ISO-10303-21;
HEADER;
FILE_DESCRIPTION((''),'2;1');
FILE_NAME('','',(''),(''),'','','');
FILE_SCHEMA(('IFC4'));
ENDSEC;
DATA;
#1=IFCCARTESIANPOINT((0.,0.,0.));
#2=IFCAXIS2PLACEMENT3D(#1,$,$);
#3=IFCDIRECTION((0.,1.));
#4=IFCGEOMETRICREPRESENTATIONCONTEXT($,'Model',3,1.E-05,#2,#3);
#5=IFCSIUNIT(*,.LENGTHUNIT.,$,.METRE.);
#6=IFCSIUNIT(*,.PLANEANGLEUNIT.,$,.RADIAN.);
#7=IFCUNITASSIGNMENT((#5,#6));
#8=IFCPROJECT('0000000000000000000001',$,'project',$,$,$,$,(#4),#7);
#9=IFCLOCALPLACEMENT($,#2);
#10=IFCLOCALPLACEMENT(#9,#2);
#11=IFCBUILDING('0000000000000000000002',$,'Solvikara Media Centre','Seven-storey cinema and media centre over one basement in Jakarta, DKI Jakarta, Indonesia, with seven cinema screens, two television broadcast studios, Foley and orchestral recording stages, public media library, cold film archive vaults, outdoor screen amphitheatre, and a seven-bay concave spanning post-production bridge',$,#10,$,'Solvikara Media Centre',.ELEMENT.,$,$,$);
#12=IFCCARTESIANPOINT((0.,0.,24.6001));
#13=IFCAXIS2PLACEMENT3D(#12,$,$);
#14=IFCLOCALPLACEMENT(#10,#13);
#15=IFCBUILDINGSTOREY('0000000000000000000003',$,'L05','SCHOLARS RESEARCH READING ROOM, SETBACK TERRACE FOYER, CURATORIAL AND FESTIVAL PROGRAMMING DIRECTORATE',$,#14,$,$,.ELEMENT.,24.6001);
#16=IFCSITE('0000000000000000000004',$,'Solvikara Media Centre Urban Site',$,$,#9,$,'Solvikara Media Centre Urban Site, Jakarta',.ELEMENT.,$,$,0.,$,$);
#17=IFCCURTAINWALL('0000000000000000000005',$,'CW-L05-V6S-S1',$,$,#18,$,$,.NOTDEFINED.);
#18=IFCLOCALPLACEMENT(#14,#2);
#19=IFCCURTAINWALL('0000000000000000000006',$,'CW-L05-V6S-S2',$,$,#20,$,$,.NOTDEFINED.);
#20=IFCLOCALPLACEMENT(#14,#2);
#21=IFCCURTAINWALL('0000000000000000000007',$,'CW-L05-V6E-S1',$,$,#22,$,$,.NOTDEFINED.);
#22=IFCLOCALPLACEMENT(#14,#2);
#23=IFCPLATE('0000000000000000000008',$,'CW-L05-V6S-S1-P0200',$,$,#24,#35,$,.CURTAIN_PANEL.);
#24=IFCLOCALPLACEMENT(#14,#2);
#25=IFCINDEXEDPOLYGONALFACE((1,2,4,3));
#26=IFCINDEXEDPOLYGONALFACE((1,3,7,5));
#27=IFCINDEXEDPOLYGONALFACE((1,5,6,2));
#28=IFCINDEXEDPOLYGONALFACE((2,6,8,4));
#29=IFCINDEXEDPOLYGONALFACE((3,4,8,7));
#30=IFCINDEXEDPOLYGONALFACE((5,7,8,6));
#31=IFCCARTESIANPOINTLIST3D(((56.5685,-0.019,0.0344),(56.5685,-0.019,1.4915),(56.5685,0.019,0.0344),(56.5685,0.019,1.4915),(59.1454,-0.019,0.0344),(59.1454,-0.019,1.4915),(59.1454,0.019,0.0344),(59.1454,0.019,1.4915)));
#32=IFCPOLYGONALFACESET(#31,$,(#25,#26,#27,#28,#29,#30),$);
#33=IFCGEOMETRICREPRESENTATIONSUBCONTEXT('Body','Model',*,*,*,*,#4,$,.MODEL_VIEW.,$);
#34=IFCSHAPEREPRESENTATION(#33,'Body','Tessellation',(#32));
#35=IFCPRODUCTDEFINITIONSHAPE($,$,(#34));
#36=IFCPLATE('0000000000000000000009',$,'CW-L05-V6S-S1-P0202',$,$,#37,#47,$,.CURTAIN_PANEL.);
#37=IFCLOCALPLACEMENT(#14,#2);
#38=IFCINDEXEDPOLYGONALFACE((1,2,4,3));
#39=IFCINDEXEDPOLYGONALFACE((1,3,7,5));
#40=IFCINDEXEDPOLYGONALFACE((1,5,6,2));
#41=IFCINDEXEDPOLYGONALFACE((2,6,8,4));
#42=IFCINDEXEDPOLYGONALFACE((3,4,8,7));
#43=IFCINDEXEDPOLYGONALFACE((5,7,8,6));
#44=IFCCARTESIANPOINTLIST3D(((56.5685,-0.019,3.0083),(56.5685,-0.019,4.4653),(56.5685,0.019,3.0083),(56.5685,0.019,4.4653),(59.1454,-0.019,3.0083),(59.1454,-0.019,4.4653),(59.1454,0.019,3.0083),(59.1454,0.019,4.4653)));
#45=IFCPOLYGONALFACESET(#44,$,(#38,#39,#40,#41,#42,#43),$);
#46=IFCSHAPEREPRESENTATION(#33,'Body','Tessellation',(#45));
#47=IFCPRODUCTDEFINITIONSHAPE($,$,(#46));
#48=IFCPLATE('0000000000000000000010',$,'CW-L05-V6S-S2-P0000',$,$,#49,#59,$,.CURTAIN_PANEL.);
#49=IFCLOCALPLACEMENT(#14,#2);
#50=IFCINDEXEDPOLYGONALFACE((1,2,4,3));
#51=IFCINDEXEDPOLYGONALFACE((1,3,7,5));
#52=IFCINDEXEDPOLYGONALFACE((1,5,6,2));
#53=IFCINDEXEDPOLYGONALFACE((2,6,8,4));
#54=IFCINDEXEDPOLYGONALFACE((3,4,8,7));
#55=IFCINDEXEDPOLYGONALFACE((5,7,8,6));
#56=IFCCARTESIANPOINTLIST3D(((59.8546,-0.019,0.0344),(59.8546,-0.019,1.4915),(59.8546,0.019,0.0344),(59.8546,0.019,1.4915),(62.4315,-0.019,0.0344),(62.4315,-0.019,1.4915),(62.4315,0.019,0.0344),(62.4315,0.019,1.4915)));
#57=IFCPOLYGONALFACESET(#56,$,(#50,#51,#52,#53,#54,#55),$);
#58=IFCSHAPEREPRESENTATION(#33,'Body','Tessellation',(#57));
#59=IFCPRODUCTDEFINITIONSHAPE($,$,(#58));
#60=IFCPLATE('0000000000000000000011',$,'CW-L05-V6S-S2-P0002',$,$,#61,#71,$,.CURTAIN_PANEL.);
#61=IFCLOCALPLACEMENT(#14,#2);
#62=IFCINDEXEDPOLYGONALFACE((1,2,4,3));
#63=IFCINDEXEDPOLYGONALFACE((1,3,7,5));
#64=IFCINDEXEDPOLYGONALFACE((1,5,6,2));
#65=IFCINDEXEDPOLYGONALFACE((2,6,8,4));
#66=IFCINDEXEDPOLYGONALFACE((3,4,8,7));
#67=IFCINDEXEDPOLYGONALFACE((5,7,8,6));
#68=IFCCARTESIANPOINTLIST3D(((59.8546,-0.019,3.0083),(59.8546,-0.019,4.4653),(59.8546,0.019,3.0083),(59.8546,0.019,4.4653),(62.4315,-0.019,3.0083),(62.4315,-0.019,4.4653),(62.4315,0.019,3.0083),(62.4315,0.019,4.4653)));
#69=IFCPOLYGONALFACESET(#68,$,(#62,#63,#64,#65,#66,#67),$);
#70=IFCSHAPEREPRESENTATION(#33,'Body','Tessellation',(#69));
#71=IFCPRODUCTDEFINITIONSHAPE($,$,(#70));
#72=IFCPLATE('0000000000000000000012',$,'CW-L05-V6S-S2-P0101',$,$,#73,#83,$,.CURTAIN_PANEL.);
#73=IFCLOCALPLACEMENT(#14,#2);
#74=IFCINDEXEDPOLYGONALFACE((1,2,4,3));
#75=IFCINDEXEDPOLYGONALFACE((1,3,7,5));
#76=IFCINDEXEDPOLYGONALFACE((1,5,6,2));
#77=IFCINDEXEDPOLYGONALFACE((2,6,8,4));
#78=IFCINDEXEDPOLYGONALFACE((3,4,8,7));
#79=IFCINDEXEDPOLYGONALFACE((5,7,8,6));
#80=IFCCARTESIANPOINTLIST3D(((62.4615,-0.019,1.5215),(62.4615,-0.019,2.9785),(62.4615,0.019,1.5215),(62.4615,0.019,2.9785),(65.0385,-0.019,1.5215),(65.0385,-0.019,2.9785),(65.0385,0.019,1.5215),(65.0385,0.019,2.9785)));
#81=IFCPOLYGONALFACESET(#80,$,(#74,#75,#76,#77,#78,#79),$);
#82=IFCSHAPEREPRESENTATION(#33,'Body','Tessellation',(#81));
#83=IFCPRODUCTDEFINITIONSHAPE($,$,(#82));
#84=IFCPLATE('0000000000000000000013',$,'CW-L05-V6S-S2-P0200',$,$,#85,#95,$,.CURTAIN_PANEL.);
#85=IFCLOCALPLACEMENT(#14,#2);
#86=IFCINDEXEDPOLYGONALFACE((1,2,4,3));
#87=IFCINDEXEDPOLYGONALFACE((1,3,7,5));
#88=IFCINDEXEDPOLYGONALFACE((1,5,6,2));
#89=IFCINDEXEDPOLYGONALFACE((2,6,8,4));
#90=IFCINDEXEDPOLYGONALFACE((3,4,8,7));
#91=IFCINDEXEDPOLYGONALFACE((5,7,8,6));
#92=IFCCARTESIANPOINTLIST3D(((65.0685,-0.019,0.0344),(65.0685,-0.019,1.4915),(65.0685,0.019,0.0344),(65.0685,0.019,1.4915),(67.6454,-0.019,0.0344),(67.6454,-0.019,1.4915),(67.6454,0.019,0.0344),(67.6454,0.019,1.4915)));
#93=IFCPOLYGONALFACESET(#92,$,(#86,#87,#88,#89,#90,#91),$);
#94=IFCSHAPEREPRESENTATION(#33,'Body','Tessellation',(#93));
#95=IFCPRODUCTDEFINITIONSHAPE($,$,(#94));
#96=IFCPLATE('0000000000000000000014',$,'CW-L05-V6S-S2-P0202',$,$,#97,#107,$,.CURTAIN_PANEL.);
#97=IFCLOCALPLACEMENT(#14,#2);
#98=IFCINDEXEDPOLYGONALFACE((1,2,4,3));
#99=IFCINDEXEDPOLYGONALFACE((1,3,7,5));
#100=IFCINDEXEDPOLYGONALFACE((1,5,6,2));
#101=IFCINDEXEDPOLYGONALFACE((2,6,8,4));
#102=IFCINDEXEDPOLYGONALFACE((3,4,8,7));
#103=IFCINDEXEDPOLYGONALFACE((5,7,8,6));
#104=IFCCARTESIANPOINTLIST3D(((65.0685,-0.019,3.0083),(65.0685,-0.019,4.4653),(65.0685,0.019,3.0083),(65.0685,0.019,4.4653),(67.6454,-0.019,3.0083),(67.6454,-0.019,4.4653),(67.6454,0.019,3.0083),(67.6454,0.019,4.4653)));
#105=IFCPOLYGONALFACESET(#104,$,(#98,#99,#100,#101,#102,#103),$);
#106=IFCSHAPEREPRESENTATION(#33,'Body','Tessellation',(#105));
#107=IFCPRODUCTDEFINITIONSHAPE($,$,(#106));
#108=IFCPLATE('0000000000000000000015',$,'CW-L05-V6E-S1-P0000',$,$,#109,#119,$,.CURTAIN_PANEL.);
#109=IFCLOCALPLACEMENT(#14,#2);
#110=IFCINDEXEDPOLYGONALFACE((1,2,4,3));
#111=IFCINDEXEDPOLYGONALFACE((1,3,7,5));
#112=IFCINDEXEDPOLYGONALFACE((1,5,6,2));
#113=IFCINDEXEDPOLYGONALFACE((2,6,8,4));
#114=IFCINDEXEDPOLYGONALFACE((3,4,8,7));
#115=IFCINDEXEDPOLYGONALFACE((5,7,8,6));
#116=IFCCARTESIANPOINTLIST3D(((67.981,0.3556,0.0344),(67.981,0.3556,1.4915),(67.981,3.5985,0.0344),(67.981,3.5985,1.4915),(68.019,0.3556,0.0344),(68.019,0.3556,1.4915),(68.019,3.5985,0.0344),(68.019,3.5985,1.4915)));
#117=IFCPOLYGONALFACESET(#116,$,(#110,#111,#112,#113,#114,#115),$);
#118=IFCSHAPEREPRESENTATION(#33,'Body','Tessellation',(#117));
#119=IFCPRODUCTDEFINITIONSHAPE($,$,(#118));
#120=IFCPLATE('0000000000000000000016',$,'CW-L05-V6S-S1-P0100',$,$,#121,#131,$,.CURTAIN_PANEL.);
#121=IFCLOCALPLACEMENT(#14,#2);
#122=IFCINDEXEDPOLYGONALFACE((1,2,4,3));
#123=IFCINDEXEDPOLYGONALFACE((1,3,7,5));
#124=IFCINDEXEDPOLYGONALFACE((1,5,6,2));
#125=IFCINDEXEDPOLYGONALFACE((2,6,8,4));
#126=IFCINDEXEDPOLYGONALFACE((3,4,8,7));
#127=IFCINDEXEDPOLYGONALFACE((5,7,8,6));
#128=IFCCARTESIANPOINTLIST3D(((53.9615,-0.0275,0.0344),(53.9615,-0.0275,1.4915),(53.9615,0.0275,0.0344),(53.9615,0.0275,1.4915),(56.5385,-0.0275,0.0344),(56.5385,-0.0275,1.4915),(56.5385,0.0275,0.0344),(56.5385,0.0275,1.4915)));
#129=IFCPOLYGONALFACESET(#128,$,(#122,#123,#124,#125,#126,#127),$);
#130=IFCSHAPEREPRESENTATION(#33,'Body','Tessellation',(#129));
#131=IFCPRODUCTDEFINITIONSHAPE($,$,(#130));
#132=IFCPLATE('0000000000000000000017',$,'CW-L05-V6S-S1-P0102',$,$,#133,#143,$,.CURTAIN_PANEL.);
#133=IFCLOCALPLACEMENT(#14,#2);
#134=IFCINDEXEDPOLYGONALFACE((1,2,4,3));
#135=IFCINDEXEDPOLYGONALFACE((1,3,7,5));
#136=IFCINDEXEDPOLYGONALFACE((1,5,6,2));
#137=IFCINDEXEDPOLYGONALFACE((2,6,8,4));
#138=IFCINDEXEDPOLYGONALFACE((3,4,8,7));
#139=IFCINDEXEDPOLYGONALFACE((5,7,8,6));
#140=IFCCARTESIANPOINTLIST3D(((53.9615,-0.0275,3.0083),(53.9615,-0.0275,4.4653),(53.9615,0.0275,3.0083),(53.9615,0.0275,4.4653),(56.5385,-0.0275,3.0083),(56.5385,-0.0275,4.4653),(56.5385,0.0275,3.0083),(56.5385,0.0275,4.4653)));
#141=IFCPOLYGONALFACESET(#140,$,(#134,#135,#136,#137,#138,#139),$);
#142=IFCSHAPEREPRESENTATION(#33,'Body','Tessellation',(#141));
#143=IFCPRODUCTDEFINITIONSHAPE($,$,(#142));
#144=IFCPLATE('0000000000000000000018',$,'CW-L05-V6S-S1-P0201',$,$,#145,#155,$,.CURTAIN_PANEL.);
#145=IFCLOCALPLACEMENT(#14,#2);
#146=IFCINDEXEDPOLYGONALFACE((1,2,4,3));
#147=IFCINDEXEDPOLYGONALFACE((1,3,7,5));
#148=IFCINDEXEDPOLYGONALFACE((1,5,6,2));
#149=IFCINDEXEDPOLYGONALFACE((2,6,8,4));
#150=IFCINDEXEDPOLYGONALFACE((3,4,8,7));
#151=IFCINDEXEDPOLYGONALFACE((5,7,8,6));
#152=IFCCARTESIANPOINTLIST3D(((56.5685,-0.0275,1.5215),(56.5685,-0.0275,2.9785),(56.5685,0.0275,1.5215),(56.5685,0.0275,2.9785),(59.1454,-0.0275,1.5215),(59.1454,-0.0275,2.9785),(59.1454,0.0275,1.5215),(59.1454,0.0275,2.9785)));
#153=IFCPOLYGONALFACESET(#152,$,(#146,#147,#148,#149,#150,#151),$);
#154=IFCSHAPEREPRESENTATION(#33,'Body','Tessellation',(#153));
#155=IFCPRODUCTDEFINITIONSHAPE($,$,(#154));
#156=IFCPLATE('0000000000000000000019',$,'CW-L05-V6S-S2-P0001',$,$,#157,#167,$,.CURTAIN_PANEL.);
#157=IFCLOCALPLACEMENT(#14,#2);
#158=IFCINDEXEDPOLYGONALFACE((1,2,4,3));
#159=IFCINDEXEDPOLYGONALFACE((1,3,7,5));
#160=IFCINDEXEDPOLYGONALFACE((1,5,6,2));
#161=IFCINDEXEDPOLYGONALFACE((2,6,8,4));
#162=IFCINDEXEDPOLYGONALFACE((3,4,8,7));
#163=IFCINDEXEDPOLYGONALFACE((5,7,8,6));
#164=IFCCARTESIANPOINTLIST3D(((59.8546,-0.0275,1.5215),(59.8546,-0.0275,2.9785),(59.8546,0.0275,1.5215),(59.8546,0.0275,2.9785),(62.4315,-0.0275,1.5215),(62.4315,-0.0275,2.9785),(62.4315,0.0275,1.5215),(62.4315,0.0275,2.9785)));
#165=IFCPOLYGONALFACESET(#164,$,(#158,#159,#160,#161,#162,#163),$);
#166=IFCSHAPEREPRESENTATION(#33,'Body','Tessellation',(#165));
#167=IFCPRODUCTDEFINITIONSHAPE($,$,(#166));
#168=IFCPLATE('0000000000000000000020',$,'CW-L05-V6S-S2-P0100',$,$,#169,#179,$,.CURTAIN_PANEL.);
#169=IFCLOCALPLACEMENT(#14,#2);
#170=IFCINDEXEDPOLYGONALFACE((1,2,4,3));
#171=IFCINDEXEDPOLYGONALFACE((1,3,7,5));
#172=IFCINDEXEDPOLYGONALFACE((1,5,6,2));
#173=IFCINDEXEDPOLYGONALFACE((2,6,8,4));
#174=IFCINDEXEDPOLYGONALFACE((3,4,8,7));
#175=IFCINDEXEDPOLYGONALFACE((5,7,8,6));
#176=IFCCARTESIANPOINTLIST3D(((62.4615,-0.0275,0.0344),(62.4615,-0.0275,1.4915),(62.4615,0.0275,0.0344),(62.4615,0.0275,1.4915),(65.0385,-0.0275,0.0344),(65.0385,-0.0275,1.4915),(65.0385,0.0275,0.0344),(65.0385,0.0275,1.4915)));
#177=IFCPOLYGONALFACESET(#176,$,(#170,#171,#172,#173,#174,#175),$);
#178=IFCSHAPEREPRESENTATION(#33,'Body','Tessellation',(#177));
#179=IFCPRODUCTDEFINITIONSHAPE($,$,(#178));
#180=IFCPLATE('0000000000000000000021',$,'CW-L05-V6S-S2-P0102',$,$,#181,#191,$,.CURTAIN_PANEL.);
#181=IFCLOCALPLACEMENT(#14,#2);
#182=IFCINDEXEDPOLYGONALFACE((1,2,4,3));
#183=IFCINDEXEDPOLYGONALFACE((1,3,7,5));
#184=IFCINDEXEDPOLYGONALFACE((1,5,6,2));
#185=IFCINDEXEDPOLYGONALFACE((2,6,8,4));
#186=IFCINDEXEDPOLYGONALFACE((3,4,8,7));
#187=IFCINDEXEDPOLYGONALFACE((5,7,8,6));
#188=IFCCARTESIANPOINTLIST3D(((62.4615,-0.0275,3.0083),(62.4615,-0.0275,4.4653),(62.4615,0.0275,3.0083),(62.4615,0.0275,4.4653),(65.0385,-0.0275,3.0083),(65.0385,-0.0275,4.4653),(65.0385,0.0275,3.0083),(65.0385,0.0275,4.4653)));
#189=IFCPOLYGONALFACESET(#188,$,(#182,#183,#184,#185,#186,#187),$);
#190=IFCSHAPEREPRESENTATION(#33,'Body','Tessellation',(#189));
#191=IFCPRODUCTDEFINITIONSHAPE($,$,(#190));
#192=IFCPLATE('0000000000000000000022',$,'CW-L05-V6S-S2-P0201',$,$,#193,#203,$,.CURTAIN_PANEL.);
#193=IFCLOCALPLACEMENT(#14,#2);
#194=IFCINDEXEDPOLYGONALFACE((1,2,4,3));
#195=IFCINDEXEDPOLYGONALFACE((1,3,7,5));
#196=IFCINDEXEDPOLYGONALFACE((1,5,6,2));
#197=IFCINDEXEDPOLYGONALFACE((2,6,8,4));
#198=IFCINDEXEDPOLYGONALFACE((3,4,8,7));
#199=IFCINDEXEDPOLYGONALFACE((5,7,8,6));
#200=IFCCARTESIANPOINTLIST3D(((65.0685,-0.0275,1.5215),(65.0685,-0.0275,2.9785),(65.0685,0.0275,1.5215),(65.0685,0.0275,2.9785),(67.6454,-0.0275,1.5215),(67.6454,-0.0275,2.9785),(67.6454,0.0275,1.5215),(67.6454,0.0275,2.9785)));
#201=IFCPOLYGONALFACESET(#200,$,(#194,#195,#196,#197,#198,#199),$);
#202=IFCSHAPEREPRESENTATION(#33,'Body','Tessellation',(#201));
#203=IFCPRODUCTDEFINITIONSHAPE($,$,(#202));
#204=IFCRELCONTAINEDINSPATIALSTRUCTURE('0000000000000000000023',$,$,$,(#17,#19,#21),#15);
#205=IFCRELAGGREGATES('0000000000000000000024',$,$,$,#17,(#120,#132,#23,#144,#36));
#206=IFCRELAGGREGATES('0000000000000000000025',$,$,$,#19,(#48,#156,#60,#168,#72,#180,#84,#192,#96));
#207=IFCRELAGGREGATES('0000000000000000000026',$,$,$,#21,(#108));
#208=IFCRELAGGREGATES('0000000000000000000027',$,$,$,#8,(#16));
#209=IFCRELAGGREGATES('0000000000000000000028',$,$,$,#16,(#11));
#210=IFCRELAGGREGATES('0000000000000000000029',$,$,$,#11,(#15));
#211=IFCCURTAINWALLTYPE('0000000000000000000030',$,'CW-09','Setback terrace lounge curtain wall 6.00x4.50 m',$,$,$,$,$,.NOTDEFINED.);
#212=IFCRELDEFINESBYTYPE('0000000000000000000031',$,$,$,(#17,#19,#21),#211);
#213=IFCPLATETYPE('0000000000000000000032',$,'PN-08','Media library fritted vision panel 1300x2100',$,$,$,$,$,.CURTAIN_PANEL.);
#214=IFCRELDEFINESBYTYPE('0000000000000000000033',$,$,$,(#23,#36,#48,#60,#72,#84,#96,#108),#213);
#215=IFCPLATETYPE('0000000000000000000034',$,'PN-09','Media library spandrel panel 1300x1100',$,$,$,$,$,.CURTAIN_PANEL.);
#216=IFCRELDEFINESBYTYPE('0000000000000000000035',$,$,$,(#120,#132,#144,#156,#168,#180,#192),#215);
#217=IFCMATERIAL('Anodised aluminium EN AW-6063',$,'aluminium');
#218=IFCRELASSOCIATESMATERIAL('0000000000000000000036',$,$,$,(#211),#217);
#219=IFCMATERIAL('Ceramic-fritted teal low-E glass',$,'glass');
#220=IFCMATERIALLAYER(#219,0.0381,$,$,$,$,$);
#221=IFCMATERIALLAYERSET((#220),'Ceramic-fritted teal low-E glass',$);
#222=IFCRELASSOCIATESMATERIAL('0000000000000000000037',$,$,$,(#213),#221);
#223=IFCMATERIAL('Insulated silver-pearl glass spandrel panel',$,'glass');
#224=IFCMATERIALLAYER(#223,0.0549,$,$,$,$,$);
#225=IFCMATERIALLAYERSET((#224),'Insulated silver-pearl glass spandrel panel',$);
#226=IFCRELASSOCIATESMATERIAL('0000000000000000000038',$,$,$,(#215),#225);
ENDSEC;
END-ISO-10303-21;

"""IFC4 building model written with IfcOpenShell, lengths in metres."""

from ifc_helpers import new_model, si_unit, direction, frame, origin, origin_2d, place, context, subcontext, project, spatial, rectangle, extrude, material, layer, layer_set, type_object, element, aggregate, save


model = new_model("IFC4")

# Units and contexts
model_context = context("Model", 3, precision=1e-05, world=origin(), true_north=direction((0.0, 1.0)))
body_context = subcontext(model_context, "Body", "Model", "MODEL_VIEW")
ifc_project = project(units=[si_unit("LENGTHUNIT", "METRE"), si_unit("PLANEANGLEUNIT", "RADIAN")], contexts=[model_context])

# Site, building, storey
site_placement = place(None, origin())
site = spatial("IfcSite", under=ifc_project, at=site_placement, Name="Solvikara Media Centre Urban Site", LongName="Solvikara Media Centre Urban Site, Jakarta", CompositionType="ELEMENT", RefElevation=0.0)
building_placement = place(site_placement, origin())
building = spatial("IfcBuilding", under=site, at=building_placement, Name="Solvikara Media Centre", Description="Seven-storey cinema and media centre over one basement in Jakarta, DKI Jakarta, Indonesia, with seven cinema screens, two television broadcast studios, Foley and orchestral recording stages, public media library, cold film archive vaults, outdoor screen amphitheatre, and a seven-bay concave spanning post-production bridge", LongName="Solvikara Media Centre", CompositionType="ELEMENT")
storey_placement = place(building_placement, frame((0.0, 0.0, 24.6001)))
storey = spatial("IfcBuildingStorey", under=building, at=storey_placement, Name="L05", Description="SCHOLARS RESEARCH READING ROOM, SETBACK TERRACE FOYER, CURATORIAL AND FESTIVAL PROGRAMMING DIRECTORATE", CompositionType="ELEMENT", Elevation=24.6001)

# Curtain walls
ifc_material_1 = material(Name="Anodised aluminium EN AW-6063", Category="aluminium")
curtain_wall_type = type_object("IfcCurtainWallType", Name="CW-09", Description="Setback terrace lounge curtain wall 6.00x4.50 m", PredefinedType="NOTDEFINED", material=ifc_material_1)
curtain_wall_1_placement = place(storey_placement, origin())
curtain_wall_1 = element("IfcCurtainWall", 1, at=curtain_wall_1_placement, inside=storey, type_object=curtain_wall_type, Name="CW-L05-V6S-S1", PredefinedType="NOTDEFINED")
curtain_wall_2_placement = place(storey_placement, origin())
curtain_wall_2 = element("IfcCurtainWall", 2, at=curtain_wall_2_placement, inside=storey, type_object=curtain_wall_type, Name="CW-L05-V6S-S2", PredefinedType="NOTDEFINED")

# Curtain wall
curtain_wall_3_placement = place(storey_placement, origin())
curtain_wall_3 = element("IfcCurtainWall", 3, at=curtain_wall_3_placement, inside=storey, type_object=curtain_wall_type, Name="CW-L05-V6E-S1", PredefinedType="NOTDEFINED")

# Plates
ifc_material_2 = material(Name="Ceramic-fritted teal low-E glass", Category="glass")
ifc_layer_1 = layer(ifc_material_2, 0.0381)
ifc_layer_set_1 = layer_set([ifc_layer_1], Name="Ceramic-fritted teal low-E glass")
plate_type_1 = type_object("IfcPlateType", Name="PN-08", Description="Media library fritted vision panel 1300x2100", PredefinedType="CURTAIN_PANEL", material=ifc_layer_set_1)
plate_1_placement = place(storey_placement, frame((57.8569, 0.0, 0.0344), z_axis=(0.0, 0.0, 1.0), x_axis=(1.0, 0.0, 0.0)))
plate_1 = element("IfcPlate", 4, at=plate_1_placement, type_object=plate_type_1, Name="CW-L05-V6S-S1-P0200", PredefinedType="CURTAIN_PANEL", context=body_context, shape_type="SweptSolid", body=[
    extrude(rectangle(XDim=2.5769, YDim=0.0381, at=origin_2d()), origin(), (0.0, 0.0, 1.0), 1.457),
])
plate_2_placement = place(storey_placement, frame((57.8569, 0.0, 3.0083), z_axis=(0.0, 0.0, 1.0), x_axis=(1.0, 0.0, 0.0)))
plate_2 = element("IfcPlate", 5, at=plate_2_placement, type_object=plate_type_1, Name="CW-L05-V6S-S1-P0202", PredefinedType="CURTAIN_PANEL", context=body_context, shape_type="SweptSolid", body=[
    extrude(rectangle(XDim=2.5769, YDim=0.0381, at=origin_2d()), origin(), (0.0, 0.0, 1.0), 1.457),
])
plate_3_placement = place(storey_placement, frame((61.1431, 0.0, 0.0344), z_axis=(0.0, 0.0, 1.0), x_axis=(1.0, 0.0, 0.0)))
plate_3 = element("IfcPlate", 6, at=plate_3_placement, type_object=plate_type_1, Name="CW-L05-V6S-S2-P0000", PredefinedType="CURTAIN_PANEL", context=body_context, shape_type="SweptSolid", body=[
    extrude(rectangle(XDim=2.5769, YDim=0.0381, at=origin_2d()), origin(), (0.0, 0.0, 1.0), 1.457),
])
plate_4_placement = place(storey_placement, frame((61.1431, 0.0, 3.0083), z_axis=(0.0, 0.0, 1.0), x_axis=(1.0, 0.0, 0.0)))
plate_4 = element("IfcPlate", 7, at=plate_4_placement, type_object=plate_type_1, Name="CW-L05-V6S-S2-P0002", PredefinedType="CURTAIN_PANEL", context=body_context, shape_type="SweptSolid", body=[
    extrude(rectangle(XDim=2.5769, YDim=0.0381, at=origin_2d()), origin(), (0.0, 0.0, 1.0), 1.457),
])
plate_5_placement = place(storey_placement, frame((63.75, 0.0, 1.5215), z_axis=(0.0, 0.0, 1.0), x_axis=(1.0, 0.0, 0.0)))
plate_5 = element("IfcPlate", 8, at=plate_5_placement, type_object=plate_type_1, Name="CW-L05-V6S-S2-P0101", PredefinedType="CURTAIN_PANEL", context=body_context, shape_type="SweptSolid", body=[
    extrude(rectangle(XDim=2.5769, YDim=0.0381, at=origin_2d()), origin(), (0.0, 0.0, 1.0), 1.457),
])
plate_6_placement = place(storey_placement, frame((66.3569, 0.0, 0.0344), z_axis=(0.0, 0.0, 1.0), x_axis=(1.0, 0.0, 0.0)))
plate_6 = element("IfcPlate", 9, at=plate_6_placement, type_object=plate_type_1, Name="CW-L05-V6S-S2-P0200", PredefinedType="CURTAIN_PANEL", context=body_context, shape_type="SweptSolid", body=[
    extrude(rectangle(XDim=2.5769, YDim=0.0381, at=origin_2d()), origin(), (0.0, 0.0, 1.0), 1.457),
])
plate_7_placement = place(storey_placement, frame((66.3569, 0.0, 3.0083), z_axis=(0.0, 0.0, 1.0), x_axis=(1.0, 0.0, 0.0)))
plate_7 = element("IfcPlate", 10, at=plate_7_placement, type_object=plate_type_1, Name="CW-L05-V6S-S2-P0202", PredefinedType="CURTAIN_PANEL", context=body_context, shape_type="SweptSolid", body=[
    extrude(rectangle(XDim=2.5769, YDim=0.0381, at=origin_2d()), origin(), (0.0, 0.0, 1.0), 1.457),
])
plate_8_placement = place(storey_placement, frame((68.0, 1.9771, 0.0344), z_axis=(0.0, 0.0, 1.0), x_axis=(0.0, 1.0, 0.0)))
plate_8 = element("IfcPlate", 11, at=plate_8_placement, type_object=plate_type_1, Name="CW-L05-V6E-S1-P0000", PredefinedType="CURTAIN_PANEL", context=body_context, shape_type="SweptSolid", body=[
    extrude(rectangle(XDim=3.2429, YDim=0.0381, at=origin_2d()), origin(), (0.0, 0.0, 1.0), 1.457),
])
ifc_material_3 = material(Name="Insulated silver-pearl glass spandrel panel", Category="glass")
ifc_layer_2 = layer(ifc_material_3, 0.0549)
ifc_layer_set_2 = layer_set([ifc_layer_2], Name="Insulated silver-pearl glass spandrel panel")
plate_type_2 = type_object("IfcPlateType", Name="PN-09", Description="Media library spandrel panel 1300x1100", PredefinedType="CURTAIN_PANEL", material=ifc_layer_set_2)
plate_9_placement = place(storey_placement, frame((55.25, 0.0, 0.0344), z_axis=(0.0, 0.0, 1.0), x_axis=(1.0, 0.0, 0.0)))
plate_9 = element("IfcPlate", 12, at=plate_9_placement, type_object=plate_type_2, Name="CW-L05-V6S-S1-P0100", PredefinedType="CURTAIN_PANEL", context=body_context, shape_type="SweptSolid", body=[
    extrude(rectangle(XDim=2.5769, YDim=0.0549, at=origin_2d()), origin(), (0.0, 0.0, 1.0), 1.457),
])
plate_10_placement = place(storey_placement, frame((55.25, 0.0, 3.0083), z_axis=(0.0, 0.0, 1.0), x_axis=(1.0, 0.0, 0.0)))
plate_10 = element("IfcPlate", 13, at=plate_10_placement, type_object=plate_type_2, Name="CW-L05-V6S-S1-P0102", PredefinedType="CURTAIN_PANEL", context=body_context, shape_type="SweptSolid", body=[
    extrude(rectangle(XDim=2.5769, YDim=0.0549, at=origin_2d()), origin(), (0.0, 0.0, 1.0), 1.457),
])
plate_11_placement = place(storey_placement, frame((57.8569, 0.0, 1.5215), z_axis=(0.0, 0.0, 1.0), x_axis=(1.0, 0.0, 0.0)))
plate_11 = element("IfcPlate", 14, at=plate_11_placement, type_object=plate_type_2, Name="CW-L05-V6S-S1-P0201", PredefinedType="CURTAIN_PANEL", context=body_context, shape_type="SweptSolid", body=[
    extrude(rectangle(XDim=2.5769, YDim=0.0549, at=origin_2d()), origin(), (0.0, 0.0, 1.0), 1.457),
])
aggregate(curtain_wall_1, [plate_9, plate_10, plate_1, plate_11, plate_2])
plate_12_placement = place(storey_placement, frame((61.1431, 0.0, 1.5215), z_axis=(0.0, 0.0, 1.0), x_axis=(1.0, 0.0, 0.0)))
plate_12 = element("IfcPlate", 15, at=plate_12_placement, type_object=plate_type_2, Name="CW-L05-V6S-S2-P0001", PredefinedType="CURTAIN_PANEL", context=body_context, shape_type="SweptSolid", body=[
    extrude(rectangle(XDim=2.5769, YDim=0.0549, at=origin_2d()), origin(), (0.0, 0.0, 1.0), 1.457),
])
plate_13_placement = place(storey_placement, frame((63.75, 0.0, 0.0344), z_axis=(0.0, 0.0, 1.0), x_axis=(1.0, 0.0, 0.0)))
plate_13 = element("IfcPlate", 16, at=plate_13_placement, type_object=plate_type_2, Name="CW-L05-V6S-S2-P0100", PredefinedType="CURTAIN_PANEL", context=body_context, shape_type="SweptSolid", body=[
    extrude(rectangle(XDim=2.5769, YDim=0.0549, at=origin_2d()), origin(), (0.0, 0.0, 1.0), 1.457),
])
plate_14_placement = place(storey_placement, frame((63.75, 0.0, 3.0083), z_axis=(0.0, 0.0, 1.0), x_axis=(1.0, 0.0, 0.0)))
plate_14 = element("IfcPlate", 17, at=plate_14_placement, type_object=plate_type_2, Name="CW-L05-V6S-S2-P0102", PredefinedType="CURTAIN_PANEL", context=body_context, shape_type="SweptSolid", body=[
    extrude(rectangle(XDim=2.5769, YDim=0.0549, at=origin_2d()), origin(), (0.0, 0.0, 1.0), 1.457),
])
plate_15_placement = place(storey_placement, frame((66.3569, 0.0, 1.5215), z_axis=(0.0, 0.0, 1.0), x_axis=(1.0, 0.0, 0.0)))
plate_15 = element("IfcPlate", 18, at=plate_15_placement, type_object=plate_type_2, Name="CW-L05-V6S-S2-P0201", PredefinedType="CURTAIN_PANEL", context=body_context, shape_type="SweptSolid", body=[
    extrude(rectangle(XDim=2.5769, YDim=0.0549, at=origin_2d()), origin(), (0.0, 0.0, 1.0), 1.457),
])
aggregate(curtain_wall_2, [plate_3, plate_12, plate_4, plate_13, plate_5, plate_14, plate_6, plate_15, plate_7])
aggregate(curtain_wall_3, [plate_8])

save(model, "model.ifc")
